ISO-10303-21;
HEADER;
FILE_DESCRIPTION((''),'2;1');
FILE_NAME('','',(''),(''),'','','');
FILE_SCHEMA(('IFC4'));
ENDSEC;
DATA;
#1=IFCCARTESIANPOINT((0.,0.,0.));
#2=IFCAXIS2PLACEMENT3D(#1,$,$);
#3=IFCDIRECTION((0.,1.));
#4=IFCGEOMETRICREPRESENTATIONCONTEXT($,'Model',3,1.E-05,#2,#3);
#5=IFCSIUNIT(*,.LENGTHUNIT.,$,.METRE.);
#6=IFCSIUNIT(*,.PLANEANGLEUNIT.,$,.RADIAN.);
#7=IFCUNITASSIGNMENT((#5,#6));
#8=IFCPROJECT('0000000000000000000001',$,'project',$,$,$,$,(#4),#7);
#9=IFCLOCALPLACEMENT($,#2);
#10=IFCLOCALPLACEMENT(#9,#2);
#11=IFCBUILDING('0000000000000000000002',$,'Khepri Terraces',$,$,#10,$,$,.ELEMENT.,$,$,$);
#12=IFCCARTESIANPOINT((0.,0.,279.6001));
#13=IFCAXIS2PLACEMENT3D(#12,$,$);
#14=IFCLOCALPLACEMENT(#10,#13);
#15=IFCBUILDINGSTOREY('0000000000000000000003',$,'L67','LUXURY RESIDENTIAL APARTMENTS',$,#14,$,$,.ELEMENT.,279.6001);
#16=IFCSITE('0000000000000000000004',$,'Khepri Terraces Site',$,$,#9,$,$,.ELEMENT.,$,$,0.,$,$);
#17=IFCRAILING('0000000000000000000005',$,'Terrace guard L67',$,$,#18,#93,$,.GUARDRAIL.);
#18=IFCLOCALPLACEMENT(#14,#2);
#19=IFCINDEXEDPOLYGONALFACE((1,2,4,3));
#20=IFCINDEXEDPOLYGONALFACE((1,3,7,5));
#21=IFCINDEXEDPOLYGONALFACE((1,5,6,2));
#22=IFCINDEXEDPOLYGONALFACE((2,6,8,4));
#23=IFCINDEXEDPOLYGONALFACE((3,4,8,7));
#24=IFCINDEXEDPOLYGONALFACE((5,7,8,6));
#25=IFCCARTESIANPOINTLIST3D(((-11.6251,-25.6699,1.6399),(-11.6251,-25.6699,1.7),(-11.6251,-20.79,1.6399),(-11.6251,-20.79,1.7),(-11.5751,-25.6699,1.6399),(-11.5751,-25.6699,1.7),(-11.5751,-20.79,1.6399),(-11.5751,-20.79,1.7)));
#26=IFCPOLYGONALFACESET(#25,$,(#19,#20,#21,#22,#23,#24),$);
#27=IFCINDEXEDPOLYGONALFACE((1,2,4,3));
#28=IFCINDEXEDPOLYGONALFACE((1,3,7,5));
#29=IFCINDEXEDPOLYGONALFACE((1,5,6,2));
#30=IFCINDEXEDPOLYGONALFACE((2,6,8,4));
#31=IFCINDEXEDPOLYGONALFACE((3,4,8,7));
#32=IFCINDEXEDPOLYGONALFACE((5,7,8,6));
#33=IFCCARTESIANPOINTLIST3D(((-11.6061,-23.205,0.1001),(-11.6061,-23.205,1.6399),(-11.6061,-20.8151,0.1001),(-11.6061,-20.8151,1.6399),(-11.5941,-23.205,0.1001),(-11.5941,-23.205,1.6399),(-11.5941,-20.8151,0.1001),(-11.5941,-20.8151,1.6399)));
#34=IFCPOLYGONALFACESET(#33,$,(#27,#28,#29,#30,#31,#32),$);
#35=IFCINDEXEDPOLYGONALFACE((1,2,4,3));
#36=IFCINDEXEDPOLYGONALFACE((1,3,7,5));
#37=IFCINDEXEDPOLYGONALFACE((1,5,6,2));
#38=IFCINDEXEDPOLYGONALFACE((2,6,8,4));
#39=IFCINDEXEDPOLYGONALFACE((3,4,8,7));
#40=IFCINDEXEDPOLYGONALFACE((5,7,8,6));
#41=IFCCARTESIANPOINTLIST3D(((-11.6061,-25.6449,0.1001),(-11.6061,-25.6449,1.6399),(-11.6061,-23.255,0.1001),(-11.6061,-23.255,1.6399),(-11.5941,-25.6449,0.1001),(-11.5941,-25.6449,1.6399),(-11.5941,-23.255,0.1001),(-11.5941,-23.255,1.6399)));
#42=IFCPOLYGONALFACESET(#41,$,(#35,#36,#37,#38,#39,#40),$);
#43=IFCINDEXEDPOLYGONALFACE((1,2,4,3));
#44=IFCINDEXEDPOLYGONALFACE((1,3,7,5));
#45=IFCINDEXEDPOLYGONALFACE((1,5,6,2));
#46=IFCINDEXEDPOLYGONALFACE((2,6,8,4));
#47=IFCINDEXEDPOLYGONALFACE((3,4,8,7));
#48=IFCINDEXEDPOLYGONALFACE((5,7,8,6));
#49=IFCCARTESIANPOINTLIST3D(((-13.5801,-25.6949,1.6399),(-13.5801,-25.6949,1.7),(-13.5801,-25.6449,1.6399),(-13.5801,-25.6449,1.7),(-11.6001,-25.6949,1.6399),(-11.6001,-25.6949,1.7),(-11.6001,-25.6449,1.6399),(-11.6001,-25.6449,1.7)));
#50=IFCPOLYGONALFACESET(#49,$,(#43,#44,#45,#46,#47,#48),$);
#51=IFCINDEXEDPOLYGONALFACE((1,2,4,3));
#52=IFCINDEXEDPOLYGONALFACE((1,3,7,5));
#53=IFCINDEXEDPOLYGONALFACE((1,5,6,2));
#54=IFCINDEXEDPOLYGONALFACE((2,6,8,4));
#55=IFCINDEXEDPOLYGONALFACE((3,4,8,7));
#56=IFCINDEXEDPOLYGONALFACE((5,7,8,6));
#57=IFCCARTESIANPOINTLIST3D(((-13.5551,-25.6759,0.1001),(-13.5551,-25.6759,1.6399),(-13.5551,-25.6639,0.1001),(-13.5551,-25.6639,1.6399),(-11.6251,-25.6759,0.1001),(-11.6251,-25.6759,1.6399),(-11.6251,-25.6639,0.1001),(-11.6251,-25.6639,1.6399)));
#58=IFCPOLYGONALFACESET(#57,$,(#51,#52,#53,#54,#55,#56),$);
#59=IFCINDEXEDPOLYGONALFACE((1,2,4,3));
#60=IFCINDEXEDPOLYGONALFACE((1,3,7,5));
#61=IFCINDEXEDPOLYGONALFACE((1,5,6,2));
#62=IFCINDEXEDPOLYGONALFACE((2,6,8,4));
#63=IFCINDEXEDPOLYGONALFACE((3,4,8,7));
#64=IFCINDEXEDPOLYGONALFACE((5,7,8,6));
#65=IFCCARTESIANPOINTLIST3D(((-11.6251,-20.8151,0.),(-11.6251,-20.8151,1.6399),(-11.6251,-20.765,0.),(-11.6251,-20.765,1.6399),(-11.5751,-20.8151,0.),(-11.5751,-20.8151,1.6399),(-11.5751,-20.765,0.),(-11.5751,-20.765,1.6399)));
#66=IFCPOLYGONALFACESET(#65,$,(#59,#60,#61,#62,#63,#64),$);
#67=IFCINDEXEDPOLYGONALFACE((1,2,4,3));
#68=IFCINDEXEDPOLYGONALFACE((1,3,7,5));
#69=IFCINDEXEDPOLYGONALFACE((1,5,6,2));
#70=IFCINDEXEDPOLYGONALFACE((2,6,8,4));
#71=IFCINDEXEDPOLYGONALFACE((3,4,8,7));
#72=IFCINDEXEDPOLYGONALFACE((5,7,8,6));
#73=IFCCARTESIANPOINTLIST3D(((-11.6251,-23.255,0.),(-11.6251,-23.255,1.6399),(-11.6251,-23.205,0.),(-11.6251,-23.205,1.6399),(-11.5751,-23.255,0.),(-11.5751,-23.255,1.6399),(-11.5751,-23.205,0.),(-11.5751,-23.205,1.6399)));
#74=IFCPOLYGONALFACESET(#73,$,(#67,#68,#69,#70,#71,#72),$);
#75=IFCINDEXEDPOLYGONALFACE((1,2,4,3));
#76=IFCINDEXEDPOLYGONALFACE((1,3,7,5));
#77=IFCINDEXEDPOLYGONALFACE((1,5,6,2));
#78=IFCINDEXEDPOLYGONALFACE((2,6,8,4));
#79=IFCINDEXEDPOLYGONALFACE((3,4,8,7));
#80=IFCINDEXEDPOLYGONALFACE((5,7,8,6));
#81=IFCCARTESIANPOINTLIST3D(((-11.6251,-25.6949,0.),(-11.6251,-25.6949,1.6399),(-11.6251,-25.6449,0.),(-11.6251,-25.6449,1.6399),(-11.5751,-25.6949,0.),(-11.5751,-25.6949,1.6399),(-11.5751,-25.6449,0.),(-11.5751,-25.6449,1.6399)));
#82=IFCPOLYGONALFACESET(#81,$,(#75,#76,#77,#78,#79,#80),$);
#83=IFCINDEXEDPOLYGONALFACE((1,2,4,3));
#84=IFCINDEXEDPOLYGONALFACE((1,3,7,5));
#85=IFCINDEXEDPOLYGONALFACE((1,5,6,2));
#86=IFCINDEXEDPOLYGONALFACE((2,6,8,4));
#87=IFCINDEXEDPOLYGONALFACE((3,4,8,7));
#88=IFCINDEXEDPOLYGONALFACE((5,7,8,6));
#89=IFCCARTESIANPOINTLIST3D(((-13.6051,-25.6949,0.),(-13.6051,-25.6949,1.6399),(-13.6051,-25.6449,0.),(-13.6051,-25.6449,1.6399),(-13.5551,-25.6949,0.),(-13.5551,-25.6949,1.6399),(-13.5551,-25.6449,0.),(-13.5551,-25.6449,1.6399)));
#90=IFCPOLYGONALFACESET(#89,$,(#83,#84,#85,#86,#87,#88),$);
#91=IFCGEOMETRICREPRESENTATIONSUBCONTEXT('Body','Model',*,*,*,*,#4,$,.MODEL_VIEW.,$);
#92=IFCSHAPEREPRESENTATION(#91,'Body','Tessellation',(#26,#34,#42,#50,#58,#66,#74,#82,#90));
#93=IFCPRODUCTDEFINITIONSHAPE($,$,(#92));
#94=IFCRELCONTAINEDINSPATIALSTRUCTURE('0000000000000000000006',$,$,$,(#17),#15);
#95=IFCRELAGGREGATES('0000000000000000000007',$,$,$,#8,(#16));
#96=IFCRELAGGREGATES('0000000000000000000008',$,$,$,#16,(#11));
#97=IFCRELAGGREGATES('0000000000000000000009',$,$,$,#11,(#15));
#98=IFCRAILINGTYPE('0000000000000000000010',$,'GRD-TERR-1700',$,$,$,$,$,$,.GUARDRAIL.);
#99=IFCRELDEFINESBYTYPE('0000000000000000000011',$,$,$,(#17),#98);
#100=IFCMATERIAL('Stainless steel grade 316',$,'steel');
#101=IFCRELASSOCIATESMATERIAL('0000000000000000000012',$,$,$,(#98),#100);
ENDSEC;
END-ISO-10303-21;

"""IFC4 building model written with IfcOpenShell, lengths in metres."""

from ifc_helpers import new_model, si_unit, direction, frame, origin, origin_2d, place, context, subcontext, project, spatial, rectangle, extrude, material, type_object, element, save


model = new_model("IFC4")

# Units and contexts
model_context = context("Model", 3, precision=1e-05, world=origin(), true_north=direction((0.0, 1.0)))
body_context = subcontext(model_context, "Body", "Model", "MODEL_VIEW")
ifc_project = project(units=[si_unit("LENGTHUNIT", "METRE"), si_unit("PLANEANGLEUNIT", "RADIAN")], contexts=[model_context])

# Site, building, storey
site_placement = place(None, origin())
site = spatial("IfcSite", under=ifc_project, at=site_placement, Name="Khepri Terraces Site", CompositionType="ELEMENT", RefElevation=0.0)
building_placement = place(site_placement, origin())
building = spatial("IfcBuilding", under=site, at=building_placement, Name="Khepri Terraces", CompositionType="ELEMENT")
storey_placement = place(building_placement, frame((0.0, 0.0, 279.6001)))
storey = spatial("IfcBuildingStorey", under=building, at=storey_placement, Name="L67", Description="LUXURY RESIDENTIAL APARTMENTS", CompositionType="ELEMENT", Elevation=279.6001)

# Railing
ifc_material_1 = material(Name="Stainless steel grade 316", Category="steel")
railing_type = type_object("IfcRailingType", Name="GRD-TERR-1700", PredefinedType="GUARDRAIL", material=ifc_material_1)
railing_placement = place(storey_placement, frame((-11.6001, -20.79, 0.0)))
element("IfcRailing", 1, at=railing_placement, inside=storey, type_object=railing_type, Name="Terrace guard L67", PredefinedType="GUARDRAIL", context=body_context, shape_type="SweptSolid", body=[
    extrude(rectangle(XDim=0.05, YDim=0.0601, at=origin_2d()), frame((0.0, 0.0, 1.6699), z_axis=(0.0, -1.0, 0.0), x_axis=(1.0, 0.0, 0.0)), (0.0, 0.0, 1.0), 4.8799),
    extrude(rectangle(XDim=2.3899, YDim=0.012, at=origin_2d()), frame((0.0, -1.22, 0.1001), z_axis=(0.0, 0.0, 1.0), x_axis=(0.0, -1.0, 0.0)), (0.0, 0.0, 1.0), 1.5398),
    extrude(rectangle(XDim=2.3899, YDim=0.012, at=origin_2d()), frame((0.0, -3.6599, 0.1001), z_axis=(0.0, 0.0, 1.0), x_axis=(0.0, -1.0, 0.0)), (0.0, 0.0, 1.0), 1.5398),
    extrude(rectangle(XDim=0.05, YDim=0.0601, at=origin_2d()), frame((0.0, -4.8799, 1.6699), z_axis=(-1.0, 0.0, 0.0), x_axis=(0.0, -1.0, 0.0)), (0.0, 0.0, 1.0), 1.98),
    extrude(rectangle(XDim=1.9299, YDim=0.012, at=origin_2d()), frame((-0.99, -4.8799, 0.1001), z_axis=(0.0, 0.0, 1.0), x_axis=(-1.0, 0.0, 0.0)), (0.0, 0.0, 1.0), 1.5398),
    extrude(rectangle(XDim=0.05, YDim=0.05, at=origin_2d()), origin(), (0.0, 0.0, 1.0), 1.6399),
    extrude(rectangle(XDim=0.05, YDim=0.05, at=origin_2d()), frame((0.0, -2.4399, 0.0)), (0.0, 0.0, 1.0), 1.6399),
    extrude(rectangle(XDim=0.05, YDim=0.05, at=origin_2d()), frame((0.0, -4.8799, 0.0)), (0.0, 0.0, 1.0), 1.6399),
    extrude(rectangle(XDim=0.05, YDim=0.05, at=origin_2d()), frame((-1.98, -4.8799, 0.0)), (0.0, 0.0, 1.0), 1.6399),
])

save(model, "model.ifc")
